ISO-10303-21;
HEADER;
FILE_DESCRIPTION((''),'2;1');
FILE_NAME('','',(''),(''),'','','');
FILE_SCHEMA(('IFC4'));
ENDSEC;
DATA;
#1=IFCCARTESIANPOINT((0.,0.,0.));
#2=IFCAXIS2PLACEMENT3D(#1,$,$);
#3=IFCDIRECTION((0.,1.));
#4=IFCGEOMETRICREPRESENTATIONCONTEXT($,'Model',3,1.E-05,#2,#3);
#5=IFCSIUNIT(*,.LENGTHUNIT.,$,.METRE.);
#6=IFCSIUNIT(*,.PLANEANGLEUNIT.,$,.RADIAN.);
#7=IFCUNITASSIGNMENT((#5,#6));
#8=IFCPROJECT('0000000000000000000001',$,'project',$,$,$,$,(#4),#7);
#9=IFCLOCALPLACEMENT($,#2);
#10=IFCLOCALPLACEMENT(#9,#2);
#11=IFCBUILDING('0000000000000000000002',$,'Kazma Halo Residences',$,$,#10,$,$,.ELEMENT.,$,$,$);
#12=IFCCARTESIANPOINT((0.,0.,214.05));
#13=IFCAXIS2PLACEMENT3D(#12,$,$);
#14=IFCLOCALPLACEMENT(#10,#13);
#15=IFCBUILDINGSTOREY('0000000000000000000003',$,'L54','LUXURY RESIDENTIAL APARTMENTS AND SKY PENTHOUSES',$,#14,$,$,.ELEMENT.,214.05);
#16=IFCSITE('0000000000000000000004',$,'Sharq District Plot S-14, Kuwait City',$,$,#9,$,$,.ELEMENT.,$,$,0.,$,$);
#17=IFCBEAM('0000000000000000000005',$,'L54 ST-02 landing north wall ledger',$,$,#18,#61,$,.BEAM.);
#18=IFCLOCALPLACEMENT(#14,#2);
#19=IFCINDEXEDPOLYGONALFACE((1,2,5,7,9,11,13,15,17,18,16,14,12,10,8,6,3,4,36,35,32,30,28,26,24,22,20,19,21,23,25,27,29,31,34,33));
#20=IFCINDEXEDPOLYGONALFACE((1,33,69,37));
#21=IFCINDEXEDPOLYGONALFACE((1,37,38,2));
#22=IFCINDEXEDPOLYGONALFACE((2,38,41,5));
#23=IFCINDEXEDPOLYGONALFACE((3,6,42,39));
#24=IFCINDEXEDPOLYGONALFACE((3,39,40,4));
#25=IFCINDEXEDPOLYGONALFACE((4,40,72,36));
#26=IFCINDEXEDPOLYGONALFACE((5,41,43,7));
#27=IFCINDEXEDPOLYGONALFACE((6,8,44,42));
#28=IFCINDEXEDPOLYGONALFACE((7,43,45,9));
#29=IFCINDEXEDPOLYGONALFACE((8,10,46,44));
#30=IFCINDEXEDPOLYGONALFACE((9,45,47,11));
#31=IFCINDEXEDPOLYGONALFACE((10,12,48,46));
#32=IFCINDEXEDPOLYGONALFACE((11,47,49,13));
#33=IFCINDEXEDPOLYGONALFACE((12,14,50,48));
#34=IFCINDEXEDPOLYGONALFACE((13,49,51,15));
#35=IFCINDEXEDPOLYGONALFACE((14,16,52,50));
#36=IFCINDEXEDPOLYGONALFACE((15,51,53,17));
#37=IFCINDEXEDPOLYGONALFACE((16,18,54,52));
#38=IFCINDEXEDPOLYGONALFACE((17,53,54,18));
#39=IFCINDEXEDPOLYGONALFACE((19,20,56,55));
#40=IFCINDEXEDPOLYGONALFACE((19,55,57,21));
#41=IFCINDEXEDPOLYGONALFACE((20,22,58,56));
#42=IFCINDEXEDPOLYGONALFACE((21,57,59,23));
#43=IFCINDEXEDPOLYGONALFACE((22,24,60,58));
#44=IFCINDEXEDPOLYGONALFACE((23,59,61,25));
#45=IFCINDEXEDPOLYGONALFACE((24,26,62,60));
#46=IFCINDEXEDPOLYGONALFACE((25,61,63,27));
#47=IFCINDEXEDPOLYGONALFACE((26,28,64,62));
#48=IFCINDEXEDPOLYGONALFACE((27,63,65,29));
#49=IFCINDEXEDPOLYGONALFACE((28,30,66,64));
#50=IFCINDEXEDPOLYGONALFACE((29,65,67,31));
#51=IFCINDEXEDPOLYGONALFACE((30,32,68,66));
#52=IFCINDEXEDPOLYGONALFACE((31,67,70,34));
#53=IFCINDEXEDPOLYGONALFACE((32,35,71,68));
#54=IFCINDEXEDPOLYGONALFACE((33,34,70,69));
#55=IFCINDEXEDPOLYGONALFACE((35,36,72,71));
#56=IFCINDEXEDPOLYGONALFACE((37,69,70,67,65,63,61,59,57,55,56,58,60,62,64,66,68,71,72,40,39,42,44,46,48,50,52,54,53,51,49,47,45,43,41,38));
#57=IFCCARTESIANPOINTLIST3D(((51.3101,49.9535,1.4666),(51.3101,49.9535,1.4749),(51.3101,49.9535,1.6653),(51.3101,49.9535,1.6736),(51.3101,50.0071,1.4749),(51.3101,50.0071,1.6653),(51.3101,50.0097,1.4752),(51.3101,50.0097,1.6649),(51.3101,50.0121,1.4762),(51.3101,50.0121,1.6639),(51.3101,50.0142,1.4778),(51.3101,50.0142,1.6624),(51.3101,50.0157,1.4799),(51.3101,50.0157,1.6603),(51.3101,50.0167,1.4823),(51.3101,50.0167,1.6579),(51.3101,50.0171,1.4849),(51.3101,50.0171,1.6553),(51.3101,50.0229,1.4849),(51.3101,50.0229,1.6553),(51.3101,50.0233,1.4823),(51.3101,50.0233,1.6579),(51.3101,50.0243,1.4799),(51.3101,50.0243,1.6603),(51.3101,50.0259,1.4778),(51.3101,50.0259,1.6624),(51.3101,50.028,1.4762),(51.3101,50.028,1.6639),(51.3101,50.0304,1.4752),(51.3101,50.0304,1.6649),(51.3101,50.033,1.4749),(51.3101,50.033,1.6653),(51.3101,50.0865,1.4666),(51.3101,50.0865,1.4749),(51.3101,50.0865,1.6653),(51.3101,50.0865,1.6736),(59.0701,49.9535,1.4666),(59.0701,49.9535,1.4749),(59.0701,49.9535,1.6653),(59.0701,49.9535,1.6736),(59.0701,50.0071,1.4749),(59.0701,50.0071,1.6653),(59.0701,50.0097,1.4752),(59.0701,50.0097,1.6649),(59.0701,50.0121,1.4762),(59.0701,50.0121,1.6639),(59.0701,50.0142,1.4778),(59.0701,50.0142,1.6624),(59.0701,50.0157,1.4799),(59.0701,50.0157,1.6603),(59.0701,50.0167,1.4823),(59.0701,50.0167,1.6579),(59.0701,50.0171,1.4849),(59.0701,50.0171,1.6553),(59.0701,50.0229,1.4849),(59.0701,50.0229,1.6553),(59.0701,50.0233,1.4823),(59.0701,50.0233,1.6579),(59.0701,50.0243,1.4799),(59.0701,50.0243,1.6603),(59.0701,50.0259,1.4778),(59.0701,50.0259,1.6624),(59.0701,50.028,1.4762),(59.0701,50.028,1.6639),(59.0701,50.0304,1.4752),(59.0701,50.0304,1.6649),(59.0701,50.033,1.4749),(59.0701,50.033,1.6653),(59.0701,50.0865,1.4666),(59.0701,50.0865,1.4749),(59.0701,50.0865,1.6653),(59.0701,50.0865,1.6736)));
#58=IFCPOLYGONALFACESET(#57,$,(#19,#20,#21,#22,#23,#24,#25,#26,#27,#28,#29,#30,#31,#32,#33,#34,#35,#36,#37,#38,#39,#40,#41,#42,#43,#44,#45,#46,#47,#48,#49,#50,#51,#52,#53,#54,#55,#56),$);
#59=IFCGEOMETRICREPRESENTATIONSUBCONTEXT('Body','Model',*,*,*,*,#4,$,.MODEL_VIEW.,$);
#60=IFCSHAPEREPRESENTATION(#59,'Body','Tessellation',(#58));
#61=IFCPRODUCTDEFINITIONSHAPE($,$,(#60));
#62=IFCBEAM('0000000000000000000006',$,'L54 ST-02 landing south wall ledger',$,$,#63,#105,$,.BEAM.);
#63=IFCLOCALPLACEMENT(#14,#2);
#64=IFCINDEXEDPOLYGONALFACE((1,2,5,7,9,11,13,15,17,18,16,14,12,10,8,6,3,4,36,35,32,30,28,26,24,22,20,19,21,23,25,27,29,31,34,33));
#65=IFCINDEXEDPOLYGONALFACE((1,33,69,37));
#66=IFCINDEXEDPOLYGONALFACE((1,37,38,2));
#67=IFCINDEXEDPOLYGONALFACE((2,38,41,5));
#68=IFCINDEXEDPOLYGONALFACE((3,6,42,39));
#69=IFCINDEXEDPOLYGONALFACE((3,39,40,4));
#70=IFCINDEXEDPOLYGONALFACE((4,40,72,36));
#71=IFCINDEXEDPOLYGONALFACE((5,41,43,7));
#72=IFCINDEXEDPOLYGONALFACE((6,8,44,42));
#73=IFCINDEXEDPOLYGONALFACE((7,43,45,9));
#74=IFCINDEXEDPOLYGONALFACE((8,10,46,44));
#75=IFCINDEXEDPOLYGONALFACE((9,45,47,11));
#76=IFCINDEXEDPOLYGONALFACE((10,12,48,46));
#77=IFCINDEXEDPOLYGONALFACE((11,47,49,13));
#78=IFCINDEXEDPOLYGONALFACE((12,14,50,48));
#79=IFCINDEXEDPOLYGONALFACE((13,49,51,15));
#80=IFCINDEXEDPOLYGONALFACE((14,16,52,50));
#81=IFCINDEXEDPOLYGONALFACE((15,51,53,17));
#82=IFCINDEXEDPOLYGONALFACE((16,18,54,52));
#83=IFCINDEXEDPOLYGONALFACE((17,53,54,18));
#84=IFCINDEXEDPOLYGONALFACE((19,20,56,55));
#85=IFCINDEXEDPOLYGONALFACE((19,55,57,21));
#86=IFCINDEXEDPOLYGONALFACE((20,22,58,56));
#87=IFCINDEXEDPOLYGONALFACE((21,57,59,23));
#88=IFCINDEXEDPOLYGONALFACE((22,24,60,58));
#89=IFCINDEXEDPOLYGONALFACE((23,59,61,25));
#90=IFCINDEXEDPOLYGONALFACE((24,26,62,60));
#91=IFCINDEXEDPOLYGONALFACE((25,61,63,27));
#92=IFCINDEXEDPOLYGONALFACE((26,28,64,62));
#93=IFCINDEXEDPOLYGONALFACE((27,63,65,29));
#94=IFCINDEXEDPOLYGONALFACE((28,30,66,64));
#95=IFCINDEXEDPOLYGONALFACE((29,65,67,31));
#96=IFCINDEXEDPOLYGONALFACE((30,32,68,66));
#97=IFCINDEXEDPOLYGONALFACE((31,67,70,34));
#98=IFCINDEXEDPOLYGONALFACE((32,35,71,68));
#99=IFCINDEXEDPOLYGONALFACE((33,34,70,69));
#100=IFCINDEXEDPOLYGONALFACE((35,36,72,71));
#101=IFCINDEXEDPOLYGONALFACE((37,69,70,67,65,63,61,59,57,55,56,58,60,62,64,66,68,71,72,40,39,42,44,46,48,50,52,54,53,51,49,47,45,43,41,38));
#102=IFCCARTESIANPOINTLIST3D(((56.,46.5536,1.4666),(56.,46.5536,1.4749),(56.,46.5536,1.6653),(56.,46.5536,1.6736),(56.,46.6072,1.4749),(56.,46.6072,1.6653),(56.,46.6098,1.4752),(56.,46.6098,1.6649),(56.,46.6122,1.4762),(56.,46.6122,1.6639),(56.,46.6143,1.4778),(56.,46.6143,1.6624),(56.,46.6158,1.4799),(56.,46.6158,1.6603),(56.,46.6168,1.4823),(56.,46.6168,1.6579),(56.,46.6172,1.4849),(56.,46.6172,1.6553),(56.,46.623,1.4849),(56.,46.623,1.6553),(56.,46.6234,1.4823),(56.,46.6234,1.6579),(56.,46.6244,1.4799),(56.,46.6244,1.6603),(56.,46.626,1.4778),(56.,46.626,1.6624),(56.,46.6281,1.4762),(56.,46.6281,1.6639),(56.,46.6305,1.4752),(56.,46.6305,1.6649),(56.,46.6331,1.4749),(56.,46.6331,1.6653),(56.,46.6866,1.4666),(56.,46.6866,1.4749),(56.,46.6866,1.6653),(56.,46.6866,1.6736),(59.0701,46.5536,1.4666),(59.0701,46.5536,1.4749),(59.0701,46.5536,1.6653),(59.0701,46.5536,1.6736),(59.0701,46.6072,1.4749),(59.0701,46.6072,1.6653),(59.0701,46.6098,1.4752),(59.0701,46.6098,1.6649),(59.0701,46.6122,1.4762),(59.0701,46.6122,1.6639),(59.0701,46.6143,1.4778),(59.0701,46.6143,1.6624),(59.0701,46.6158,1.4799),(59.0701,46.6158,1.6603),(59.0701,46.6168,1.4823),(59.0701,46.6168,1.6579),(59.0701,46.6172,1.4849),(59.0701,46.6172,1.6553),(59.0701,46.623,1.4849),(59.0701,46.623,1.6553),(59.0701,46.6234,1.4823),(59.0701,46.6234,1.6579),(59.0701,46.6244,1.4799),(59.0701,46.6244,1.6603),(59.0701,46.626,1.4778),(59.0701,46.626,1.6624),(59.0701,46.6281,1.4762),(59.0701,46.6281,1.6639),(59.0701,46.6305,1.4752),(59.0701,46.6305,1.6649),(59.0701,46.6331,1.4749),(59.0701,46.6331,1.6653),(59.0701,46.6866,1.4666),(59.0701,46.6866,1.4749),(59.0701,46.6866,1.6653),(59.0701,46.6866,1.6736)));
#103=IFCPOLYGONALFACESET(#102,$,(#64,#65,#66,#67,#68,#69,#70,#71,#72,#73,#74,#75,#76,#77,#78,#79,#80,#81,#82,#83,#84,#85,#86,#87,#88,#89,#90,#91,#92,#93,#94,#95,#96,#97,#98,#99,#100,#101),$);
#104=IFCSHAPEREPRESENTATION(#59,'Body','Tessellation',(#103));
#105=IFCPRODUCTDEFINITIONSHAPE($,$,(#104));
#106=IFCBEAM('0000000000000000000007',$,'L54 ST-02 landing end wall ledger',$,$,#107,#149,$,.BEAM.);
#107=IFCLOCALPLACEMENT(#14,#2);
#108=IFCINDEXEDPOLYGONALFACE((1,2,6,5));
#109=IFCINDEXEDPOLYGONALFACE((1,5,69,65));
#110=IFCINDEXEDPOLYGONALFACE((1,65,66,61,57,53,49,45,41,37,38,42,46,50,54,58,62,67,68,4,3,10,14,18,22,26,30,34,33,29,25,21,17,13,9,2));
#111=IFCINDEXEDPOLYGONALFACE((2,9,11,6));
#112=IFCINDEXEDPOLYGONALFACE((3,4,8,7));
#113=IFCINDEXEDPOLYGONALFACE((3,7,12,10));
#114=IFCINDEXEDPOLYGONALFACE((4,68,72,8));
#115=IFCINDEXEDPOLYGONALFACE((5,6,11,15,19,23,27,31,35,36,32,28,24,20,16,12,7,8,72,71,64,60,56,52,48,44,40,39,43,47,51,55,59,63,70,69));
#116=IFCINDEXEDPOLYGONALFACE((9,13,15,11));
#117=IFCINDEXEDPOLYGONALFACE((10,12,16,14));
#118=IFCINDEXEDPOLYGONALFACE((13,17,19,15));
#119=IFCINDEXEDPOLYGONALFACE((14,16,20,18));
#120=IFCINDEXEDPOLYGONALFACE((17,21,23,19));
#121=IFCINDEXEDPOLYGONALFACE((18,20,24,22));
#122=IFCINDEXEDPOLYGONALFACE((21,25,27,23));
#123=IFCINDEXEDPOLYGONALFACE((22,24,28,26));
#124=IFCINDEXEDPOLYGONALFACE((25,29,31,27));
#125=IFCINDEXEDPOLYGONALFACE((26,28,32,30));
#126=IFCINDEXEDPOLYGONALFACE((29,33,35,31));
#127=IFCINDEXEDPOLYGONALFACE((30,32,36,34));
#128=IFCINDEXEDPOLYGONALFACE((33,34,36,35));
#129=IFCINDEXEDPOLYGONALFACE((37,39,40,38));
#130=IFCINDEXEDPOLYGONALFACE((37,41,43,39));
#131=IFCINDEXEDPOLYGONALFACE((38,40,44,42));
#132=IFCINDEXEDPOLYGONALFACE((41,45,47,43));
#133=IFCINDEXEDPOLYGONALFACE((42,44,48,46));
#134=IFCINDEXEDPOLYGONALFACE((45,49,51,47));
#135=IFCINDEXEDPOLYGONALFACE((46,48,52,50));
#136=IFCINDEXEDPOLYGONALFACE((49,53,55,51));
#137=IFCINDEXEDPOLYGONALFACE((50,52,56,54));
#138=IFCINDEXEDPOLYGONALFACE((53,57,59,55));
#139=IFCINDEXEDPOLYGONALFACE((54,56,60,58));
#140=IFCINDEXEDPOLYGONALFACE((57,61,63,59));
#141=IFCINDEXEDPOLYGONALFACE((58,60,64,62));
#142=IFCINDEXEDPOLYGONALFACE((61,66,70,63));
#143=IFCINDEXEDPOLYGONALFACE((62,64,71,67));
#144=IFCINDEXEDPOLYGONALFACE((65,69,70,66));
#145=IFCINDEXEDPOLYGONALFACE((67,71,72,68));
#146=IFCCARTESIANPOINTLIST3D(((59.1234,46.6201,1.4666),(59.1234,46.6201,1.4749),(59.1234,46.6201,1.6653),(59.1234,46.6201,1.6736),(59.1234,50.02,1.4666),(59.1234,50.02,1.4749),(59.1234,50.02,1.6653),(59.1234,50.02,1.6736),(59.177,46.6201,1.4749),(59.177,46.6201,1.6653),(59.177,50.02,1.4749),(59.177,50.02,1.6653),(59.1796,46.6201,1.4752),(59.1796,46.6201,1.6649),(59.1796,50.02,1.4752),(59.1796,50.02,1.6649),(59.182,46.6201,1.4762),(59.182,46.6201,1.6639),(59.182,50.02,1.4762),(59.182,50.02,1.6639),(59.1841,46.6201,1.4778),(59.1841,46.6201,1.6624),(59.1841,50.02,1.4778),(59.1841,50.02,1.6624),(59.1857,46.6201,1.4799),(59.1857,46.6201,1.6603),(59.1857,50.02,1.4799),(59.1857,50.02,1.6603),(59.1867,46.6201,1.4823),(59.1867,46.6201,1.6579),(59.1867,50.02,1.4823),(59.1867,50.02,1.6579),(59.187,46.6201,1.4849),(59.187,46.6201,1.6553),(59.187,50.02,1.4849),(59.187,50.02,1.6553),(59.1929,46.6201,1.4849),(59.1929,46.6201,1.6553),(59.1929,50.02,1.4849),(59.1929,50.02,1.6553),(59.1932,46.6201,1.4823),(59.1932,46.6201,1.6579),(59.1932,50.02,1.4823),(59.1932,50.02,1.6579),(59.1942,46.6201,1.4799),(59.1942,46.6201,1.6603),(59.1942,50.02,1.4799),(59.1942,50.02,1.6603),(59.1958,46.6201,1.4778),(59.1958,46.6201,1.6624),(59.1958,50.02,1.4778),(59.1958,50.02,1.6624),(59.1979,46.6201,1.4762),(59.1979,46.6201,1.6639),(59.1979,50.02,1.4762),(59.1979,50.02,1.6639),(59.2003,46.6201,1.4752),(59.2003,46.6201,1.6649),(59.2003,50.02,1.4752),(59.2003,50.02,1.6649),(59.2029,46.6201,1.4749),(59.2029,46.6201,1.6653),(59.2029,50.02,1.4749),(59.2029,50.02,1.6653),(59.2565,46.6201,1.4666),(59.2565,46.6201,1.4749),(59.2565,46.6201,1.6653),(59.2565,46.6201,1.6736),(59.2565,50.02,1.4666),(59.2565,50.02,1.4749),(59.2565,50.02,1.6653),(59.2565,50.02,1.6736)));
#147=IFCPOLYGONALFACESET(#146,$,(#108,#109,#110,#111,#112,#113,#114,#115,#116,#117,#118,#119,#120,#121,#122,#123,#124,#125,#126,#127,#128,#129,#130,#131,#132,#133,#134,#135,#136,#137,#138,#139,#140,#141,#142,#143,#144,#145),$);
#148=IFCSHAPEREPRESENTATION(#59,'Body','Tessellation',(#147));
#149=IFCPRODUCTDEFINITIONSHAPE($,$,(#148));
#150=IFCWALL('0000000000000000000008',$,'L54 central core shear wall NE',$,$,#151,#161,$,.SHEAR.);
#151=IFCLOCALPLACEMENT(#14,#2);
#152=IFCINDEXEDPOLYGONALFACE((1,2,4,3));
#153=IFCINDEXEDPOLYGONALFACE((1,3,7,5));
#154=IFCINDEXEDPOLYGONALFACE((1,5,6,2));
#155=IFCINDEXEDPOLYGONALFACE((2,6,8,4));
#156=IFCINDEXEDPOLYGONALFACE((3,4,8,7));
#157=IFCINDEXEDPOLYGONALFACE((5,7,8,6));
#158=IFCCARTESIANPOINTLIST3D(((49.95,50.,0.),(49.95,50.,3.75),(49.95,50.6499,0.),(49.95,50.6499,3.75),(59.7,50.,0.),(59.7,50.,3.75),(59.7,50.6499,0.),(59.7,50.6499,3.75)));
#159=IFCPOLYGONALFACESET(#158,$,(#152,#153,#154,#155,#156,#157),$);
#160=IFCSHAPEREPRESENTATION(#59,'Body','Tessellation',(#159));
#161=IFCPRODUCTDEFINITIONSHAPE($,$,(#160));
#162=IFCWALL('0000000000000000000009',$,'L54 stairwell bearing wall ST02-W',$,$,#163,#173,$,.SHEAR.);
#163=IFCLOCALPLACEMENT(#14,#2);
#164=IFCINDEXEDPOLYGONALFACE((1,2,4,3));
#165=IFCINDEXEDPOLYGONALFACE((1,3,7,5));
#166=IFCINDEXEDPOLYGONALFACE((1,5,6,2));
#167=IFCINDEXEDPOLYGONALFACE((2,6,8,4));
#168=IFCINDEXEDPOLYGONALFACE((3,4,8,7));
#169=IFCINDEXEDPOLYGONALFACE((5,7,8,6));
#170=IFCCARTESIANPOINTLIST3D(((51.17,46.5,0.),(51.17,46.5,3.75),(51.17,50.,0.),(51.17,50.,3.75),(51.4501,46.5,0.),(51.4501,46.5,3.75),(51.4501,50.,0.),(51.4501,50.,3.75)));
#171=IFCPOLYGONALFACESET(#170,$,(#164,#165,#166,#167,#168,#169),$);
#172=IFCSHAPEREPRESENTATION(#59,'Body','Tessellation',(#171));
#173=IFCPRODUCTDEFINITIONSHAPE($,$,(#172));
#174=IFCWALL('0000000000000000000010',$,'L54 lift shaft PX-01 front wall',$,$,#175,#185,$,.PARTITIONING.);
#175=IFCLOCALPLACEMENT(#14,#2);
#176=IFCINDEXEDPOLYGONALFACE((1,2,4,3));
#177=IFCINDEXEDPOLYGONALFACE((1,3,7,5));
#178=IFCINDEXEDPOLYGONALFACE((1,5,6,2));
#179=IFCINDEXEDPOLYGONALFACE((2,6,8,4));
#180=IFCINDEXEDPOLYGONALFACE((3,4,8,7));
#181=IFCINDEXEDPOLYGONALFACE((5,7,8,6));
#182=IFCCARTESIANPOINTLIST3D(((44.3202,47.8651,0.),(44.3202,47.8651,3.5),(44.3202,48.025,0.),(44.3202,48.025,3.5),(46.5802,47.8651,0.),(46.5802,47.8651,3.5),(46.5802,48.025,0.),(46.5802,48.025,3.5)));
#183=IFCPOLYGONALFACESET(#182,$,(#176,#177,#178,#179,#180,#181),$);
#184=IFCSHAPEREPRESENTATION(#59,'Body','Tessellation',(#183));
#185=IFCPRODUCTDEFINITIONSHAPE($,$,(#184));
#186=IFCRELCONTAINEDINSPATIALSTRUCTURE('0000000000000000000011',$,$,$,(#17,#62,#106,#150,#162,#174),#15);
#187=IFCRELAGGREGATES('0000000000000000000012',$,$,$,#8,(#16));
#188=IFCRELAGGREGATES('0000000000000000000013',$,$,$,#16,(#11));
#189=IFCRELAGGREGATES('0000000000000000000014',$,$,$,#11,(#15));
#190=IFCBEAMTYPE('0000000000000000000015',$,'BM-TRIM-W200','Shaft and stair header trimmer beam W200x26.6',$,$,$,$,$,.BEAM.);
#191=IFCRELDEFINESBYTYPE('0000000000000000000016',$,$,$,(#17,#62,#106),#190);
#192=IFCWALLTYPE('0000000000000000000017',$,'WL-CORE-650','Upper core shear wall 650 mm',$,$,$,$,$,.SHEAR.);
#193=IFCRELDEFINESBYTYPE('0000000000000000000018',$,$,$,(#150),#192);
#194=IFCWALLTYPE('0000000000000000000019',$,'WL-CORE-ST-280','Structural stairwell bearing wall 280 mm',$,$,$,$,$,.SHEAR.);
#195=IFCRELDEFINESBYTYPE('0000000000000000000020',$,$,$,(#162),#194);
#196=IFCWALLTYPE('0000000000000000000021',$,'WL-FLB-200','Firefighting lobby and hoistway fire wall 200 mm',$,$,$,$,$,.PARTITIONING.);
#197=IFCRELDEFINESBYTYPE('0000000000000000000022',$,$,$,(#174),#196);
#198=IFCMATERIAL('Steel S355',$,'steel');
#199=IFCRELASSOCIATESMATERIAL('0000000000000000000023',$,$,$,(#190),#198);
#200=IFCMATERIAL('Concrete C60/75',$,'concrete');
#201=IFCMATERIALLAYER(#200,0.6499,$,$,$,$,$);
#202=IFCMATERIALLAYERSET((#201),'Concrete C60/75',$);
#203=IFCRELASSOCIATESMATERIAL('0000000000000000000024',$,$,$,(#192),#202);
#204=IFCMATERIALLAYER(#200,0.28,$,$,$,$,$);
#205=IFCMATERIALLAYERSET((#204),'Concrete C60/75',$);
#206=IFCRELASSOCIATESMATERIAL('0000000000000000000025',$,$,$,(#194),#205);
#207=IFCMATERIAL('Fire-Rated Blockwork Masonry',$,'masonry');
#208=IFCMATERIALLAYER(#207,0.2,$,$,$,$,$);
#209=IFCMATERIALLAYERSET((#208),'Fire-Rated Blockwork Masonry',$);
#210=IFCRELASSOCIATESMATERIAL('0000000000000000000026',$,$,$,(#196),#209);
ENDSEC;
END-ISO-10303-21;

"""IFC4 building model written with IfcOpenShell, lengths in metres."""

from ifc_helpers import new_model, si_unit, direction, frame, frame_2d, origin, origin_2d, place, context, subcontext, project, spatial, rectangle, i_section, extrude, material, layer, layer_set, material_profile, profile_set, type_object, element, save


model = new_model("IFC4")

# Units and contexts
model_context = context("Model", 3, precision=1e-05, world=origin(), true_north=direction((0.0, 1.0)))
body_context = subcontext(model_context, "Body", "Model", "MODEL_VIEW")
ifc_project = project(units=[si_unit("LENGTHUNIT", "METRE"), si_unit("PLANEANGLEUNIT", "RADIAN")], contexts=[model_context])

# Site, building, storey
site_placement = place(None, origin())
site = spatial("IfcSite", under=ifc_project, at=site_placement, Name="Sharq District Plot S-14, Kuwait City", CompositionType="ELEMENT", RefElevation=0.0)
building_placement = place(site_placement, origin())
building = spatial("IfcBuilding", under=site, at=building_placement, Name="Kazma Halo Residences", CompositionType="ELEMENT")
storey_placement = place(building_placement, frame((0.0, 0.0, 214.05)))
storey = spatial("IfcBuildingStorey", under=building, at=storey_placement, Name="L54", Description="LUXURY RESIDENTIAL APARTMENTS AND SKY PENTHOUSES", CompositionType="ELEMENT", Elevation=214.05)

# Shared definitions
ifc_material_1 = material(Name="Steel S355", Category="steel")

# Beams
ifc_material_profile_1 = material_profile(ifc_material_1, i_section(OverallWidth=0.1331, OverallDepth=0.207, WebThickness=0.0059, FlangeThickness=0.0083, FilletRadius=0.01, at=origin_2d()), Name="W200x26.6")
ifc_profile_set_1 = profile_set([ifc_material_profile_1], Name="Steel S355")
beam_type_1 = type_object("IfcBeamType", Name="BM-TRIM-W200", Description="Shaft and stair header trimmer beam W200x26.6", PredefinedType="BEAM", material=ifc_profile_set_1)
beam_1_placement = place(storey_placement, frame((51.3101, 50.02, 1.5701), z_axis=(1.0, 0.0, 0.0), x_axis=(0.0, 1.0, 0.0)))
element("IfcBeam", 1, at=beam_1_placement, inside=storey, type_object=beam_type_1, Name="L54 ST-02 landing north wall ledger", PredefinedType="BEAM", context=body_context, shape_type="SweptSolid", body=[
    extrude(i_section(OverallWidth=0.1331, OverallDepth=0.207, WebThickness=0.0059, FlangeThickness=0.0083, FilletRadius=0.01, at=origin_2d()), origin(), (0.0, 0.0, 1.0), 7.76),
])
beam_2_placement = place(storey_placement, frame((56.0, 46.6201, 1.5701), z_axis=(1.0, 0.0, 0.0), x_axis=(0.0, 1.0, 0.0)))
element("IfcBeam", 2, at=beam_2_placement, inside=storey, type_object=beam_type_1, Name="L54 ST-02 landing south wall ledger", PredefinedType="BEAM", context=body_context, shape_type="SweptSolid", body=[
    extrude(i_section(OverallWidth=0.1331, OverallDepth=0.207, WebThickness=0.0059, FlangeThickness=0.0083, FilletRadius=0.01, at=origin_2d()), origin(), (0.0, 0.0, 1.0), 3.0701),
])
beam_3_placement = place(storey_placement, frame((59.1899, 46.6201, 1.5701), z_axis=(0.0, 1.0, 0.0), x_axis=(-1.0, 0.0, 0.0)))
element("IfcBeam", 3, at=beam_3_placement, inside=storey, type_object=beam_type_1, Name="L54 ST-02 landing end wall ledger", PredefinedType="BEAM", context=body_context, shape_type="SweptSolid", body=[
    extrude(i_section(OverallWidth=0.1331, OverallDepth=0.207, WebThickness=0.0059, FlangeThickness=0.0083, FilletRadius=0.01, at=origin_2d()), origin(), (0.0, 0.0, 1.0), 3.3999),
])

# Walls
ifc_material_2 = material(Name="Concrete C60/75", Category="concrete")
ifc_layer_1 = layer(ifc_material_2, 0.6499)
ifc_layer_set_1 = layer_set([ifc_layer_1], Name="Concrete C60/75")
wall_type_1 = type_object("IfcWallType", Name="WL-CORE-650", Description="Upper core shear wall 650 mm", PredefinedType="SHEAR", material=ifc_layer_set_1)
wall_1_placement = place(storey_placement, frame((49.95, 50.325, 0.0), z_axis=(0.0, 0.0, 1.0), x_axis=(1.0, 0.0, 0.0)))
element("IfcWall", 4, at=wall_1_placement, inside=storey, type_object=wall_type_1, Name="L54 central core shear wall NE", PredefinedType="SHEAR", context=body_context, shape_type="SweptSolid", body=[
    extrude(rectangle(XDim=9.75, YDim=0.6499, at=frame_2d((4.875, 0.0))), origin(), (0.0, 0.0, 1.0), 3.75),
])
ifc_layer_2 = layer(ifc_material_2, 0.28)
ifc_layer_set_2 = layer_set([ifc_layer_2], Name="Concrete C60/75")
wall_type_2 = type_object("IfcWallType", Name="WL-CORE-ST-280", Description="Structural stairwell bearing wall 280 mm", PredefinedType="SHEAR", material=ifc_layer_set_2)
wall_2_placement = place(storey_placement, frame((51.3101, 46.5, 0.0), z_axis=(0.0, 0.0, 1.0), x_axis=(0.0, 1.0, 0.0)))
element("IfcWall", 5, at=wall_2_placement, inside=storey, type_object=wall_type_2, Name="L54 stairwell bearing wall ST02-W", PredefinedType="SHEAR", context=body_context, shape_type="SweptSolid", body=[
    extrude(rectangle(XDim=3.5, YDim=0.28, at=frame_2d((1.75, 0.0))), origin(), (0.0, 0.0, 1.0), 3.75),
])
ifc_material_3 = material(Name="Fire-Rated Blockwork Masonry", Category="masonry")
ifc_layer_3 = layer(ifc_material_3, 0.2)
ifc_layer_set_3 = layer_set([ifc_layer_3], Name="Fire-Rated Blockwork Masonry")
wall_type_3 = type_object("IfcWallType", Name="WL-FLB-200", Description="Firefighting lobby and hoistway fire wall 200 mm", PredefinedType="PARTITIONING", material=ifc_layer_set_3)
wall_3_placement = place(storey_placement, frame((46.5801, 47.9451, 0.0), z_axis=(0.0, 0.0, 1.0), x_axis=(-1.0, 0.0, 0.0)))
element("IfcWall", 6, at=wall_3_placement, inside=storey, type_object=wall_type_3, Name="L54 lift shaft PX-01 front wall", PredefinedType="PARTITIONING", context=body_context, shape_type="SweptSolid", body=[
    extrude(rectangle(XDim=2.26, YDim=0.1599, at=frame_2d((1.1299, 0.0))), origin(), (0.0, 0.0, 1.0), 3.5),
])

save(model, "model.ifc")
